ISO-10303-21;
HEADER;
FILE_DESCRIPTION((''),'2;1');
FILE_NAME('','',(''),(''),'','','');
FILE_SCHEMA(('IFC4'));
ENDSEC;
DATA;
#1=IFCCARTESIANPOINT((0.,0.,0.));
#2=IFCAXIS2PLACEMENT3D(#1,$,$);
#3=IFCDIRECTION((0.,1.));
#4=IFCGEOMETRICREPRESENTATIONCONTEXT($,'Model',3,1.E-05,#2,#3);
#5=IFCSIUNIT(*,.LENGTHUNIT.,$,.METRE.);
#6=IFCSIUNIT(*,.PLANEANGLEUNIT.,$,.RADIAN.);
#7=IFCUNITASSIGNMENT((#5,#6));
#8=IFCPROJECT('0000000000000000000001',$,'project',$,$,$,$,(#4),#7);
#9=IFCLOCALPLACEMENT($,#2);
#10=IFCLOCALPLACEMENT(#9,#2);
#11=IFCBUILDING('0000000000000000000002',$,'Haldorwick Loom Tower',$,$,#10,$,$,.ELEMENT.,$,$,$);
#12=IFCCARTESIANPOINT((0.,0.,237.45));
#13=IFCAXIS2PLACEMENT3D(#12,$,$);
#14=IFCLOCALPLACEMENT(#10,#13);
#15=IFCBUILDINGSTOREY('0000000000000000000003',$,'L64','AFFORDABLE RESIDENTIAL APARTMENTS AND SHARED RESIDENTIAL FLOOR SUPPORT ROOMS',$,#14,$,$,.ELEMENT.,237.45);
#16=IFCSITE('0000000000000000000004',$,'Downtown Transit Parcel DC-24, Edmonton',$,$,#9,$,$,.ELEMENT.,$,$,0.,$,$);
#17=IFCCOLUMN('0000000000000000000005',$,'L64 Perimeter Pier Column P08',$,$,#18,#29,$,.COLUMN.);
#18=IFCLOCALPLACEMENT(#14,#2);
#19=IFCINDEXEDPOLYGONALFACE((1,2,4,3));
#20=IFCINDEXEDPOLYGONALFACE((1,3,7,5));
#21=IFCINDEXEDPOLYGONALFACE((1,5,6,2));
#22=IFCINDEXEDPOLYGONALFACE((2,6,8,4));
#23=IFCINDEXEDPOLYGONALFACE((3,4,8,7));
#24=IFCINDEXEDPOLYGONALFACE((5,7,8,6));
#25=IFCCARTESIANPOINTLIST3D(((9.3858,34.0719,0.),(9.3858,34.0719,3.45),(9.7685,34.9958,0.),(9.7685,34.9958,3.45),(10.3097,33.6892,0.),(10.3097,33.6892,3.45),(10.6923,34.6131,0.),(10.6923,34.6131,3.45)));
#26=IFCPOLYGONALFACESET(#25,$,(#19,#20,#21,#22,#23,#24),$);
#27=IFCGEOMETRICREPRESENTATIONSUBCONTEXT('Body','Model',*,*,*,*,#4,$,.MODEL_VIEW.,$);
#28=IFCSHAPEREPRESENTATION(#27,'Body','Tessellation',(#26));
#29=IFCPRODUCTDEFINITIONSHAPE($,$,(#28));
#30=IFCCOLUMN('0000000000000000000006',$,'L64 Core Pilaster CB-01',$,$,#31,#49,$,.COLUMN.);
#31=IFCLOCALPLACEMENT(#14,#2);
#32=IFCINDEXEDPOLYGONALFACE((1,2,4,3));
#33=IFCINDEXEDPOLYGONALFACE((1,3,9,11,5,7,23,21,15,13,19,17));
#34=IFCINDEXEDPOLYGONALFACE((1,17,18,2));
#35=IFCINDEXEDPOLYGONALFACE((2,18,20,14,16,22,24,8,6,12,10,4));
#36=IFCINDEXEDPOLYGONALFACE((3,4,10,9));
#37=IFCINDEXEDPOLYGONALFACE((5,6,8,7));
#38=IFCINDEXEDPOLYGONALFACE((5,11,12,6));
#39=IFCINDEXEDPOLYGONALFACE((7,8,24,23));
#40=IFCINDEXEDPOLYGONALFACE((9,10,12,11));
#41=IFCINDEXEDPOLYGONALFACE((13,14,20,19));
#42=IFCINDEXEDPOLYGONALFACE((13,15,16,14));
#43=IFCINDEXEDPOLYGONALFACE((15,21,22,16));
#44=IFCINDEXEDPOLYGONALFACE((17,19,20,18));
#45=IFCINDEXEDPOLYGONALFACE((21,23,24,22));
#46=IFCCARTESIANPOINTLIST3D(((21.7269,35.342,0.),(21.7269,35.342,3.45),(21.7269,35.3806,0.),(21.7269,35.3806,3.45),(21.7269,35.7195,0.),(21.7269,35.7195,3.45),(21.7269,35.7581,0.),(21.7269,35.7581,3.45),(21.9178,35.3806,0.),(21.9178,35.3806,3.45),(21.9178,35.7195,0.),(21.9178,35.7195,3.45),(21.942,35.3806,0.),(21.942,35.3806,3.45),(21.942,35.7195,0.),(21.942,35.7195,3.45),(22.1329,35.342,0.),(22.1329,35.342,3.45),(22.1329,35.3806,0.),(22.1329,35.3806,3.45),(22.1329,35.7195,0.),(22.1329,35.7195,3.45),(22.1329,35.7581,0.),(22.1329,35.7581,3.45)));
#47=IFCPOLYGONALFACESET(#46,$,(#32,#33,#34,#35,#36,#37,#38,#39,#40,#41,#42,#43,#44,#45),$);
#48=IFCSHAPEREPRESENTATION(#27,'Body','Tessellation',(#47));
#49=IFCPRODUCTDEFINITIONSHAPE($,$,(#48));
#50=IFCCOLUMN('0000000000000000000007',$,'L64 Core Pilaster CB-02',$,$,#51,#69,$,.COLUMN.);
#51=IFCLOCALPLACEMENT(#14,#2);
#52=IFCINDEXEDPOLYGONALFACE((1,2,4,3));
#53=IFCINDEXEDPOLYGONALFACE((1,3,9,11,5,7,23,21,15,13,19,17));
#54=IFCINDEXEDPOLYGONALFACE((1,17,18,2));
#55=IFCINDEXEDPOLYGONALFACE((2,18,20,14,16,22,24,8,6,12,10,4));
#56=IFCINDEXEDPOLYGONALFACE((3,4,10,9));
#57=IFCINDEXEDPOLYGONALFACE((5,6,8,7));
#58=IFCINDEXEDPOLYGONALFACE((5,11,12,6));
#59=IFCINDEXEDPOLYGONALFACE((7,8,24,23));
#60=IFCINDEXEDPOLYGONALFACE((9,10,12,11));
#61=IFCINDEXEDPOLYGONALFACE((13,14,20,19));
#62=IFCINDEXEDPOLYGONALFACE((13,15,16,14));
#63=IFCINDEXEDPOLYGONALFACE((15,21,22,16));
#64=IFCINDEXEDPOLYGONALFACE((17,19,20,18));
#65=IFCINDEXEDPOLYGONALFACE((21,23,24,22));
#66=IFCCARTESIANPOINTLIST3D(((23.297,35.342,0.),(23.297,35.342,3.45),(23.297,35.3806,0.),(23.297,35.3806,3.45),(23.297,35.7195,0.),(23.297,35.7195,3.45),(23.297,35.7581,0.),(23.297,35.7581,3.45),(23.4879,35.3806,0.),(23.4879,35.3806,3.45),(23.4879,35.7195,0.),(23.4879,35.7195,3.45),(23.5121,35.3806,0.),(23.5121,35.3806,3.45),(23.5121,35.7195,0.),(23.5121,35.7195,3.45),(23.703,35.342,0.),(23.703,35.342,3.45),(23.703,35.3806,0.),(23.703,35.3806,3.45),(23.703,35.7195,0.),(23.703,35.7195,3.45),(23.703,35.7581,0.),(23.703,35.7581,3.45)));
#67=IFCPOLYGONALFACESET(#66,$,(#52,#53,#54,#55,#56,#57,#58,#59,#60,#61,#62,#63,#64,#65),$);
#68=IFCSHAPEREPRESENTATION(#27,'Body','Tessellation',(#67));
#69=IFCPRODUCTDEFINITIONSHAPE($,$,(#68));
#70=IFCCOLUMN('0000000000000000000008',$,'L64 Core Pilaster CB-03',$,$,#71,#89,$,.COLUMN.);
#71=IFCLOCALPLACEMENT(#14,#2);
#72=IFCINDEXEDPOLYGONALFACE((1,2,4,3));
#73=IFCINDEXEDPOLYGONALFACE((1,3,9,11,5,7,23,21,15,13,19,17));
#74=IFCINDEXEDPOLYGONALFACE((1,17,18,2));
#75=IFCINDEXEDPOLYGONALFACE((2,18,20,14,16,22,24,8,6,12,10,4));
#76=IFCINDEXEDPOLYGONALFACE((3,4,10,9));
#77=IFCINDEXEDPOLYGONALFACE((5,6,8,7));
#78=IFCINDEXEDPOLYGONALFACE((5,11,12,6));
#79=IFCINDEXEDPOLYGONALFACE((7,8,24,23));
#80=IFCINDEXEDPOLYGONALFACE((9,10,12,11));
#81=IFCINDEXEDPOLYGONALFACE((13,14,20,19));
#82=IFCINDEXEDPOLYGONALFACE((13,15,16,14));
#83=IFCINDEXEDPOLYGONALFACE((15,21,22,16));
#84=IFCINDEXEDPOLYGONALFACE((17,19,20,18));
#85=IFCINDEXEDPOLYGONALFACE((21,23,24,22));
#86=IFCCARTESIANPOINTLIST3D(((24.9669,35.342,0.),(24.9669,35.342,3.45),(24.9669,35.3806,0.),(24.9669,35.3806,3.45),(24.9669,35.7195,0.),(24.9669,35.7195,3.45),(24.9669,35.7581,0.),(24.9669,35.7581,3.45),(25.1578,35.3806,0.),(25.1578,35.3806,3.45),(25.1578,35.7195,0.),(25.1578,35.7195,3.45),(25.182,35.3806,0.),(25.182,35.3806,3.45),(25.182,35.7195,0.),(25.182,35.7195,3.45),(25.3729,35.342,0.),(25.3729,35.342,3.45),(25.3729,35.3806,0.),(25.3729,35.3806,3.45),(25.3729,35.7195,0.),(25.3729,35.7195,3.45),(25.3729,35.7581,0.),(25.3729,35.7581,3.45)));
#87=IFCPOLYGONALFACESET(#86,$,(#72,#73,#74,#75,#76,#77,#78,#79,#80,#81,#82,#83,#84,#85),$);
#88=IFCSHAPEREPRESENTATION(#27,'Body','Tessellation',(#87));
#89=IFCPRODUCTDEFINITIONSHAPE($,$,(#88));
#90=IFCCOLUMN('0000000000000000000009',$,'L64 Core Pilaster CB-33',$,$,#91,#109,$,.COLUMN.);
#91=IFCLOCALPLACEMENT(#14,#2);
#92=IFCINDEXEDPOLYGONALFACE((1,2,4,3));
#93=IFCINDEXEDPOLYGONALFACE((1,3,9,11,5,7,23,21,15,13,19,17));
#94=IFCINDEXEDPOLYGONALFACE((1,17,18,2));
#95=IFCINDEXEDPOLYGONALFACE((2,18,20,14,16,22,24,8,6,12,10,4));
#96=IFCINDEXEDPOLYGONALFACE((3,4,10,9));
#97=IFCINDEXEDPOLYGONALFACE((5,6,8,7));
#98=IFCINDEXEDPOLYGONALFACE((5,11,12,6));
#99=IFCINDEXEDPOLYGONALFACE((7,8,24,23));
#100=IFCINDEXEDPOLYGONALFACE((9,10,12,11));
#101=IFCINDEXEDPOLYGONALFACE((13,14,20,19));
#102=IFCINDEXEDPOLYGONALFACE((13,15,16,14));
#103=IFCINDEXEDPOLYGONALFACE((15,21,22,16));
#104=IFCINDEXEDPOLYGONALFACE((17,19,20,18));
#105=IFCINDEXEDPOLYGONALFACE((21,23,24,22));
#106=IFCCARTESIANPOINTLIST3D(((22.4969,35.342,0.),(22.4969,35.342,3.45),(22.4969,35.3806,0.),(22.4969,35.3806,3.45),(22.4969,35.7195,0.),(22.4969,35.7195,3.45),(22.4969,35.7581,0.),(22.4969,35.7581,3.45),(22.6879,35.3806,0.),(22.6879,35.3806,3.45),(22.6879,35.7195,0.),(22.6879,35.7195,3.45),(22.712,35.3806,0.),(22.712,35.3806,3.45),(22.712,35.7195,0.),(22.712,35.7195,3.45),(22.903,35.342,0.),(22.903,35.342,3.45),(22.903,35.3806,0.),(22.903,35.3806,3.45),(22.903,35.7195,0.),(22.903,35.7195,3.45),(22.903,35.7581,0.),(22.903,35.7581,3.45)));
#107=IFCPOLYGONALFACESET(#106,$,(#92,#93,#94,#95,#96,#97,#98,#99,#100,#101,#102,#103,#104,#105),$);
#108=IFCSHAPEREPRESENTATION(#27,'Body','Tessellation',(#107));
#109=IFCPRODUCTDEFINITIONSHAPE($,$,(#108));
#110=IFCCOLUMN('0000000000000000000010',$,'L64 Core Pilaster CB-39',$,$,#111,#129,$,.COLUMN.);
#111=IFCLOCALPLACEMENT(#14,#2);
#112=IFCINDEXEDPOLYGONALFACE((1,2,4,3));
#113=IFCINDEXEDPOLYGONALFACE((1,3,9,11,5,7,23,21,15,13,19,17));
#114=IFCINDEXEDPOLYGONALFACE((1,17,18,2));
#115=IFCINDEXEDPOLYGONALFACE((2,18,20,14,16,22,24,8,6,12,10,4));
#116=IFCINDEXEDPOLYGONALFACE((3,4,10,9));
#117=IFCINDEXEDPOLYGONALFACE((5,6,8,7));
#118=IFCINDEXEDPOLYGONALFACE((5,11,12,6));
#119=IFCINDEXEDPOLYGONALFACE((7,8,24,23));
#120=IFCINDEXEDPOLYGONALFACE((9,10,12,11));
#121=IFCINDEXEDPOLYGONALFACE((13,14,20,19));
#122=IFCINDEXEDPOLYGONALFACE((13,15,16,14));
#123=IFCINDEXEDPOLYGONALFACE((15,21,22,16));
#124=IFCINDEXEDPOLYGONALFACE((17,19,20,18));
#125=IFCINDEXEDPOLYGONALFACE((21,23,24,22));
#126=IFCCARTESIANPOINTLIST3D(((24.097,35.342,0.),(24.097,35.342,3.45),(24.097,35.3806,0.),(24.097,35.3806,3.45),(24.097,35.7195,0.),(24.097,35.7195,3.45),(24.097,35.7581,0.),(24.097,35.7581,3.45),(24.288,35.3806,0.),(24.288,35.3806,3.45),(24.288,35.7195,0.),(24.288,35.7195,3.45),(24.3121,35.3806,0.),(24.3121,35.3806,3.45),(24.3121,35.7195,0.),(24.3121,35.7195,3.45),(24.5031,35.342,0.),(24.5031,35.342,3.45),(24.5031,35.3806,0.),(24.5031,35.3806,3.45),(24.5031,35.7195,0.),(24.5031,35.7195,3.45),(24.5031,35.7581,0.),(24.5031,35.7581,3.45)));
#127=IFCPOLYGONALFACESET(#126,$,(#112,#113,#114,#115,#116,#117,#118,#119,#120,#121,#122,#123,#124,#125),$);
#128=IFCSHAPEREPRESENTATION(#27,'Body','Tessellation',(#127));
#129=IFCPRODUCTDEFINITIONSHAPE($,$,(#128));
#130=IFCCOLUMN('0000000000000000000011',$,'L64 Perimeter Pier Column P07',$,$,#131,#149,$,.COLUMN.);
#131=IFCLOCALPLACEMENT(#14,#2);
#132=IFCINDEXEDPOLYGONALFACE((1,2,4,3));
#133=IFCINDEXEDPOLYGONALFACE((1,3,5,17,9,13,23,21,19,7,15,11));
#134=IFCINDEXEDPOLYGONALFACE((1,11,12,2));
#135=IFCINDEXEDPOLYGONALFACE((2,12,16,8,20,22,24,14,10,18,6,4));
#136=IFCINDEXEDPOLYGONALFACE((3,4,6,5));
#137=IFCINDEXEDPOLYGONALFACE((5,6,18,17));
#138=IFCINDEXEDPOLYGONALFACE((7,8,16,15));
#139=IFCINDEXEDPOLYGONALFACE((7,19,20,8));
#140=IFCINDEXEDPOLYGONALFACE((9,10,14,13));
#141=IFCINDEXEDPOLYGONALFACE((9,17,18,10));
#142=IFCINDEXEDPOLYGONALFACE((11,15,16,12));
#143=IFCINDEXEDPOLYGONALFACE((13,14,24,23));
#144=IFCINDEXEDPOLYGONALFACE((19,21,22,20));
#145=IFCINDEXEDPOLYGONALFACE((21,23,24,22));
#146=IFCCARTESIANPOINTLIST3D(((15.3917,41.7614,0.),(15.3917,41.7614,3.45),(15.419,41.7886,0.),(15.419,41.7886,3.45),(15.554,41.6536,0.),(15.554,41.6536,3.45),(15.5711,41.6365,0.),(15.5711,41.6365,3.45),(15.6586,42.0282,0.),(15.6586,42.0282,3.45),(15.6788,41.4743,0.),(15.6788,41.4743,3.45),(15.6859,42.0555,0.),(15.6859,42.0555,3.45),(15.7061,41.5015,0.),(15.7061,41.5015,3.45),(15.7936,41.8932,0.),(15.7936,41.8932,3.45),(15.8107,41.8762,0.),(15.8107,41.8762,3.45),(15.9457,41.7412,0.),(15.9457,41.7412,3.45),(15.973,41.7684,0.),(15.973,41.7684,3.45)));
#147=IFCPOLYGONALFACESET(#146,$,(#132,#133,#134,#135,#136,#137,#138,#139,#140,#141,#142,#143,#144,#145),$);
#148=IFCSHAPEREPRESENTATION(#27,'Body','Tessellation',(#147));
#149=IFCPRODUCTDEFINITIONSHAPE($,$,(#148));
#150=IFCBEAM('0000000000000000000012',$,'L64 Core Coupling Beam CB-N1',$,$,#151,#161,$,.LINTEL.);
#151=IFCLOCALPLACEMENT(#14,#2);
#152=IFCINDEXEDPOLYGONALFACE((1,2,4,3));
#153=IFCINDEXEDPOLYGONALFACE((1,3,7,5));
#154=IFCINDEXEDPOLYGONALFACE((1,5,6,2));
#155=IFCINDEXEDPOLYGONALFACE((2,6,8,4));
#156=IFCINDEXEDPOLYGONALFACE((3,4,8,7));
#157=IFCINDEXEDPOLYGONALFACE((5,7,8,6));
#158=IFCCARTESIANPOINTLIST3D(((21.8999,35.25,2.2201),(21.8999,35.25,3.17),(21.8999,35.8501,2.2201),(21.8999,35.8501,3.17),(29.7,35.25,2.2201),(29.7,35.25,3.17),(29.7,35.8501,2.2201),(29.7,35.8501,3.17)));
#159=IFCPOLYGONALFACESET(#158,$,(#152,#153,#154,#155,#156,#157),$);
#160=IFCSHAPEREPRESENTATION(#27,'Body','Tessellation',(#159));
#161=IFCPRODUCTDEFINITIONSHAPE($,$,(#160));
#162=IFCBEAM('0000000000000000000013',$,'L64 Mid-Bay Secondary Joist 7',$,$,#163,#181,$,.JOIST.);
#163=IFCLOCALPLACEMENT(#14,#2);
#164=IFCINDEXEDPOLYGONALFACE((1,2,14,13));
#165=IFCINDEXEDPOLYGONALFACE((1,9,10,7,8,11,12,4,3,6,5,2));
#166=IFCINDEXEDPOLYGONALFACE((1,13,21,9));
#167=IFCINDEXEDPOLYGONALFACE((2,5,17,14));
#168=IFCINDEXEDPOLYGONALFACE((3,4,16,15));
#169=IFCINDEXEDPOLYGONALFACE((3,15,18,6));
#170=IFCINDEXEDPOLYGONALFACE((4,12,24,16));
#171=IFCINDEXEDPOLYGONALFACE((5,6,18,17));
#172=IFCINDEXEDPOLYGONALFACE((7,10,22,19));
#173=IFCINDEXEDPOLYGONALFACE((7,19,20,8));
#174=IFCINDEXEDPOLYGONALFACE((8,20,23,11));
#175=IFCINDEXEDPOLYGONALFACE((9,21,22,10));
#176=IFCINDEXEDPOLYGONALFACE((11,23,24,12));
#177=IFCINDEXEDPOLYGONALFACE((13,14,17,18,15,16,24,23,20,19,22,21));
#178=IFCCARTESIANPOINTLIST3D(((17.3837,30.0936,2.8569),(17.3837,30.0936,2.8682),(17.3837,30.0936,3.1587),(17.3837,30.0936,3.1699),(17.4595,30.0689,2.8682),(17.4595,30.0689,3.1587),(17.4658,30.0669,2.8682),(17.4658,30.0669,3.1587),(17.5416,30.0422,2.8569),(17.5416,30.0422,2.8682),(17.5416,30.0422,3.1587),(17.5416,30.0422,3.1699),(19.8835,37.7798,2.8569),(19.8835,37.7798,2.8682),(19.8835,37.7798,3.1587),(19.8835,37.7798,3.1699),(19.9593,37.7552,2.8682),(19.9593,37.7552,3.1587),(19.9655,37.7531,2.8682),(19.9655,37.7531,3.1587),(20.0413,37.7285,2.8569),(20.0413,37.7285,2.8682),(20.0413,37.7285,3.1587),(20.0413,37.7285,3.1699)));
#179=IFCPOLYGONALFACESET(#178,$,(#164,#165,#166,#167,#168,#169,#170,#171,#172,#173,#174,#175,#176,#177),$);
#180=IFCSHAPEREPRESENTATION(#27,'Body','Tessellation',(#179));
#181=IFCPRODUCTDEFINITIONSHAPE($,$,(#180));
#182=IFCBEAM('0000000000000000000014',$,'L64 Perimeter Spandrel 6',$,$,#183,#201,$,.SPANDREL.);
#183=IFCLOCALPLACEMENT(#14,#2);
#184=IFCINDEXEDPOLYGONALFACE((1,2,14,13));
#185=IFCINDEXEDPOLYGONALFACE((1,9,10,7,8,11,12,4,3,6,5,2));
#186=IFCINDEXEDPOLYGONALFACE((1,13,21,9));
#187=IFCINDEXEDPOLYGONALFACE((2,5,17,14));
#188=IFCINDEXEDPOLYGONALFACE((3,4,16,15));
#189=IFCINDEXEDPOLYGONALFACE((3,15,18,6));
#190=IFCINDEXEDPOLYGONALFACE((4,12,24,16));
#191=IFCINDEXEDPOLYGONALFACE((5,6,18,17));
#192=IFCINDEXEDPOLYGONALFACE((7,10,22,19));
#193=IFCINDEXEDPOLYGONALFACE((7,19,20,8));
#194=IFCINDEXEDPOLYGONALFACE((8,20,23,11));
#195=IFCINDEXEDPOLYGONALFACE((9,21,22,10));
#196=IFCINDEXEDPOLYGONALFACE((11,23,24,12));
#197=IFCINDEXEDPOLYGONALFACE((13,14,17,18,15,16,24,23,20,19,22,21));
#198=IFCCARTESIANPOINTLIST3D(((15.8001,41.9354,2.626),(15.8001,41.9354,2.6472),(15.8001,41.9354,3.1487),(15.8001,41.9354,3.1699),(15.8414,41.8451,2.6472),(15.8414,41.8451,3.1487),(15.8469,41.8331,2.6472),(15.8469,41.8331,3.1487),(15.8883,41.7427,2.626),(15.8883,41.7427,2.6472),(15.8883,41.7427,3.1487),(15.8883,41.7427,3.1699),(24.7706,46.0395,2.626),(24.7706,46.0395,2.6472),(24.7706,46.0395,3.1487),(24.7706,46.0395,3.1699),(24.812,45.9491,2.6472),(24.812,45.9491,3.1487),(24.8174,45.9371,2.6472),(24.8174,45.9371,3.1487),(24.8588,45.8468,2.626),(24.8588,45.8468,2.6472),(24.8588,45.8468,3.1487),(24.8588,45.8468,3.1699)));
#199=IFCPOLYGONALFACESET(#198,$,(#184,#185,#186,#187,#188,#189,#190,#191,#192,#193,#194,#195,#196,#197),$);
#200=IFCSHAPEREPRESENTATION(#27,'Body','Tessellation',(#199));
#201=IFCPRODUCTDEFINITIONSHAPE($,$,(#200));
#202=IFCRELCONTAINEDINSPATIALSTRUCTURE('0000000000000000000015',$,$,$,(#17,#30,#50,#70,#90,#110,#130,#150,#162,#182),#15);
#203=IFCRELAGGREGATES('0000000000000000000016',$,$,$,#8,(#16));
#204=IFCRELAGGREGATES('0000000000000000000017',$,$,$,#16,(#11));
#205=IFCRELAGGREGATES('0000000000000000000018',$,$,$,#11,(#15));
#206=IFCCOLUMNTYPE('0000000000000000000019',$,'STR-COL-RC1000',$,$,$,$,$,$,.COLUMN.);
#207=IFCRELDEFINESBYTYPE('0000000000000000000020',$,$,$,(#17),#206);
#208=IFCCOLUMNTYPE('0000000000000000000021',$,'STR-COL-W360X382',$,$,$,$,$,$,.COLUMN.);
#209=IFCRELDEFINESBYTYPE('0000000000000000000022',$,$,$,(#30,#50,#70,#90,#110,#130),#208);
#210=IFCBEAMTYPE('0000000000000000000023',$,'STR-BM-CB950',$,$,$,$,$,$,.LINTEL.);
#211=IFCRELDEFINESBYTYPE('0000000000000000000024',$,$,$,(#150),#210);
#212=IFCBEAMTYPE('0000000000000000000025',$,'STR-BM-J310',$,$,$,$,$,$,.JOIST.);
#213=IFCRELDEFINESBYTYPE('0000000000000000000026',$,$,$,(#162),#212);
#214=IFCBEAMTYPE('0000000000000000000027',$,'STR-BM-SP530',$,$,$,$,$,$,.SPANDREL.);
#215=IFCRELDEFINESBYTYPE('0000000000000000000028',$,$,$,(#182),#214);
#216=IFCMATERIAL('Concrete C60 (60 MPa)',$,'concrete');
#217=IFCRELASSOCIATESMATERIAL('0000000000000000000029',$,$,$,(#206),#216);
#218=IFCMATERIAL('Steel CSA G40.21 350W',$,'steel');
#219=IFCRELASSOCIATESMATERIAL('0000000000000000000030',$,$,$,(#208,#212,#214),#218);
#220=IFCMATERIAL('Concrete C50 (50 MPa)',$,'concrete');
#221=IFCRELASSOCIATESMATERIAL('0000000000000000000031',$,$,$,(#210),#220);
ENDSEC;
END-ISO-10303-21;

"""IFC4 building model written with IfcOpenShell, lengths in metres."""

from ifc_helpers import new_model, si_unit, direction, frame, origin, origin_2d, place, context, subcontext, project, spatial, rectangle, i_section, extrude, material, material_profile, profile_set, type_object, element, save


model = new_model("IFC4")

# Units and contexts
model_context = context("Model", 3, precision=1e-05, world=origin(), true_north=direction((0.0, 1.0)))
body_context = subcontext(model_context, "Body", "Model", "MODEL_VIEW")
ifc_project = project(units=[si_unit("LENGTHUNIT", "METRE"), si_unit("PLANEANGLEUNIT", "RADIAN")], contexts=[model_context])

# Site, building, storey
site_placement = place(None, origin())
site = spatial("IfcSite", under=ifc_project, at=site_placement, Name="Downtown Transit Parcel DC-24, Edmonton", CompositionType="ELEMENT", RefElevation=0.0)
building_placement = place(site_placement, origin())
building = spatial("IfcBuilding", under=site, at=building_placement, Name="Haldorwick Loom Tower", CompositionType="ELEMENT")
storey_placement = place(building_placement, frame((0.0, 0.0, 237.45)))
storey = spatial("IfcBuildingStorey", under=building, at=storey_placement, Name="L64", Description="AFFORDABLE RESIDENTIAL APARTMENTS AND SHARED RESIDENTIAL FLOOR SUPPORT ROOMS", CompositionType="ELEMENT", Elevation=237.45)

# Columns
ifc_material_1 = material(Name="Concrete C60 (60 MPa)", Category="concrete")
ifc_material_profile_1 = material_profile(ifc_material_1, rectangle(XDim=1.0, YDim=1.0, at=origin_2d()), Name="RC1000X1000", Category="concrete")
ifc_profile_set_1 = profile_set([ifc_material_profile_1], Name="Concrete C60 (60 MPa)")
column_type_1 = type_object("IfcColumnType", Name="STR-COL-RC1000", PredefinedType="COLUMN", material=ifc_profile_set_1)
column_placement = place(storey_placement, frame((10.0391, 34.3425, 0.0), z_axis=(0.0, 0.0, 1.0), x_axis=(-0.92388, 0.382683, 0.0)))
element("IfcColumn", 1, at=column_placement, inside=storey, type_object=column_type_1, Name="L64 Perimeter Pier Column P08", PredefinedType="COLUMN", context=body_context, shape_type="SweptSolid", body=[
    extrude(rectangle(XDim=1.0, YDim=1.0, at=origin_2d()), origin(), (0.0, 0.0, 1.0), 3.45),
])
ifc_material_2 = material(Name="Steel CSA G40.21 350W", Category="steel")
ifc_material_profile_2 = material_profile(ifc_material_2, i_section(OverallWidth=0.406, OverallDepth=0.416, WebThickness=0.0242, FlangeThickness=0.0386, at=origin_2d()), Name="W360X382", Category="steel")
ifc_profile_set_2 = profile_set([ifc_material_profile_2], Name="Steel CSA G40.21 350W")
column_type_2 = type_object("IfcColumnType", Name="STR-COL-W360X382", PredefinedType="COLUMN", material=ifc_profile_set_2)
for number, where, z_axis, x_axis, name in (
    (2, (21.9299, 35.55, 0.0), (0.0, 0.0, 1.0), (1.0, 0.0, 0.0), "L64 Core Pilaster CB-01"),
    (3, (23.5, 35.55, 0.0), (0.0, 0.0, 1.0), (1.0, 0.0, 0.0), "L64 Core Pilaster CB-02"),
    (4, (25.1699, 35.55, 0.0), (0.0, 0.0, 1.0), (1.0, 0.0, 0.0), "L64 Core Pilaster CB-03"),
    (5, (22.7, 35.55, 0.0), (0.0, 0.0, 1.0), (1.0, 0.0, 0.0), "L64 Core Pilaster CB-33"),
    (6, (24.3, 35.55, 0.0), (0.0, 0.0, 1.0), (1.0, 0.0, 0.0), "L64 Core Pilaster CB-39"),
    (7, (15.6824, 41.7649, 0.0), (0.0, 0.0, 1.0), (-0.707107, 0.707107, 0.0), "L64 Perimeter Pier Column P07"),
):
    element("IfcColumn", number, at=place(storey_placement, frame(where, z_axis=z_axis, x_axis=x_axis)), inside=storey, type_object=column_type_2, Name=name, PredefinedType="COLUMN", context=body_context, shape_type="SweptSolid", body=[
        extrude(i_section(OverallWidth=0.406, OverallDepth=0.416, WebThickness=0.0242, FlangeThickness=0.0386, at=origin_2d()), origin(), (0.0, 0.0, 1.0), 3.45),
    ])

# Beams
ifc_material_3 = material(Name="Concrete C50 (50 MPa)", Category="concrete")
ifc_material_profile_3 = material_profile(ifc_material_3, rectangle(XDim=0.6001, YDim=0.95, at=origin_2d()), Name="RC600X950", Category="concrete")
ifc_profile_set_3 = profile_set([ifc_material_profile_3], Name="Concrete C50 (50 MPa)")
beam_type_1 = type_object("IfcBeamType", Name="STR-BM-CB950", PredefinedType="LINTEL", material=ifc_profile_set_3)
beam_1_placement = place(storey_placement, frame((21.8999, 35.55, 2.6951), z_axis=(1.0, 0.0, 0.0), x_axis=(0.0, 1.0, 0.0)))
element("IfcBeam", 8, at=beam_1_placement, inside=storey, type_object=beam_type_1, Name="L64 Core Coupling Beam CB-N1", PredefinedType="LINTEL", context=body_context, shape_type="SweptSolid", body=[
    extrude(rectangle(XDim=0.6001, YDim=0.95, at=origin_2d()), origin(), (0.0, 0.0, 1.0), 7.8),
])
ifc_material_profile_4 = material_profile(ifc_material_2, i_section(OverallWidth=0.166, OverallDepth=0.313, WebThickness=0.0066, FlangeThickness=0.0112, at=origin_2d()), Name="W310X45", Category="steel")
ifc_profile_set_4 = profile_set([ifc_material_profile_4], Name="Steel CSA G40.21 350W")
beam_type_2 = type_object("IfcBeamType", Name="STR-BM-J310", PredefinedType="JOIST", material=ifc_profile_set_4)
beam_2_placement = place(storey_placement, frame((19.9624, 37.7542, 3.0134), z_axis=(-0.309278, -0.950972, 0.0), x_axis=(0.950972, -0.309278, 0.0)))
element("IfcBeam", 9, at=beam_2_placement, inside=storey, type_object=beam_type_2, Name="L64 Mid-Bay Secondary Joist 7", PredefinedType="JOIST", context=body_context, shape_type="SweptSolid", body=[
    extrude(i_section(OverallWidth=0.166, OverallDepth=0.313, WebThickness=0.0066, FlangeThickness=0.0112, at=origin_2d()), origin(), (0.0, 0.0, 1.0), 8.0825),
])
ifc_material_profile_5 = material_profile(ifc_material_2, i_section(OverallWidth=0.2119, OverallDepth=0.5439, WebThickness=0.0132, FlangeThickness=0.0212, at=origin_2d()), Name="W530X123", Category="steel")
ifc_profile_set_5 = profile_set([ifc_material_profile_5], Name="Steel CSA G40.21 350W")
beam_type_3 = type_object("IfcBeamType", Name="STR-BM-SP530", PredefinedType="SPANDREL", material=ifc_profile_set_5)
beam_3_placement = place(storey_placement, frame((24.8147, 45.9431, 2.8979), z_axis=(-0.909351, -0.41603, 0.0), x_axis=(0.41603, -0.909351, 0.0)))
element("IfcBeam", 10, at=beam_3_placement, inside=storey, type_object=beam_type_3, Name="L64 Perimeter Spandrel 6", PredefinedType="SPANDREL", context=body_context, shape_type="SweptSolid", body=[
    extrude(i_section(OverallWidth=0.2119, OverallDepth=0.5439, WebThickness=0.0132, FlangeThickness=0.0212, at=origin_2d()), origin(), (0.0, 0.0, 1.0), 9.8647),
])

save(model, "model.ifc")
